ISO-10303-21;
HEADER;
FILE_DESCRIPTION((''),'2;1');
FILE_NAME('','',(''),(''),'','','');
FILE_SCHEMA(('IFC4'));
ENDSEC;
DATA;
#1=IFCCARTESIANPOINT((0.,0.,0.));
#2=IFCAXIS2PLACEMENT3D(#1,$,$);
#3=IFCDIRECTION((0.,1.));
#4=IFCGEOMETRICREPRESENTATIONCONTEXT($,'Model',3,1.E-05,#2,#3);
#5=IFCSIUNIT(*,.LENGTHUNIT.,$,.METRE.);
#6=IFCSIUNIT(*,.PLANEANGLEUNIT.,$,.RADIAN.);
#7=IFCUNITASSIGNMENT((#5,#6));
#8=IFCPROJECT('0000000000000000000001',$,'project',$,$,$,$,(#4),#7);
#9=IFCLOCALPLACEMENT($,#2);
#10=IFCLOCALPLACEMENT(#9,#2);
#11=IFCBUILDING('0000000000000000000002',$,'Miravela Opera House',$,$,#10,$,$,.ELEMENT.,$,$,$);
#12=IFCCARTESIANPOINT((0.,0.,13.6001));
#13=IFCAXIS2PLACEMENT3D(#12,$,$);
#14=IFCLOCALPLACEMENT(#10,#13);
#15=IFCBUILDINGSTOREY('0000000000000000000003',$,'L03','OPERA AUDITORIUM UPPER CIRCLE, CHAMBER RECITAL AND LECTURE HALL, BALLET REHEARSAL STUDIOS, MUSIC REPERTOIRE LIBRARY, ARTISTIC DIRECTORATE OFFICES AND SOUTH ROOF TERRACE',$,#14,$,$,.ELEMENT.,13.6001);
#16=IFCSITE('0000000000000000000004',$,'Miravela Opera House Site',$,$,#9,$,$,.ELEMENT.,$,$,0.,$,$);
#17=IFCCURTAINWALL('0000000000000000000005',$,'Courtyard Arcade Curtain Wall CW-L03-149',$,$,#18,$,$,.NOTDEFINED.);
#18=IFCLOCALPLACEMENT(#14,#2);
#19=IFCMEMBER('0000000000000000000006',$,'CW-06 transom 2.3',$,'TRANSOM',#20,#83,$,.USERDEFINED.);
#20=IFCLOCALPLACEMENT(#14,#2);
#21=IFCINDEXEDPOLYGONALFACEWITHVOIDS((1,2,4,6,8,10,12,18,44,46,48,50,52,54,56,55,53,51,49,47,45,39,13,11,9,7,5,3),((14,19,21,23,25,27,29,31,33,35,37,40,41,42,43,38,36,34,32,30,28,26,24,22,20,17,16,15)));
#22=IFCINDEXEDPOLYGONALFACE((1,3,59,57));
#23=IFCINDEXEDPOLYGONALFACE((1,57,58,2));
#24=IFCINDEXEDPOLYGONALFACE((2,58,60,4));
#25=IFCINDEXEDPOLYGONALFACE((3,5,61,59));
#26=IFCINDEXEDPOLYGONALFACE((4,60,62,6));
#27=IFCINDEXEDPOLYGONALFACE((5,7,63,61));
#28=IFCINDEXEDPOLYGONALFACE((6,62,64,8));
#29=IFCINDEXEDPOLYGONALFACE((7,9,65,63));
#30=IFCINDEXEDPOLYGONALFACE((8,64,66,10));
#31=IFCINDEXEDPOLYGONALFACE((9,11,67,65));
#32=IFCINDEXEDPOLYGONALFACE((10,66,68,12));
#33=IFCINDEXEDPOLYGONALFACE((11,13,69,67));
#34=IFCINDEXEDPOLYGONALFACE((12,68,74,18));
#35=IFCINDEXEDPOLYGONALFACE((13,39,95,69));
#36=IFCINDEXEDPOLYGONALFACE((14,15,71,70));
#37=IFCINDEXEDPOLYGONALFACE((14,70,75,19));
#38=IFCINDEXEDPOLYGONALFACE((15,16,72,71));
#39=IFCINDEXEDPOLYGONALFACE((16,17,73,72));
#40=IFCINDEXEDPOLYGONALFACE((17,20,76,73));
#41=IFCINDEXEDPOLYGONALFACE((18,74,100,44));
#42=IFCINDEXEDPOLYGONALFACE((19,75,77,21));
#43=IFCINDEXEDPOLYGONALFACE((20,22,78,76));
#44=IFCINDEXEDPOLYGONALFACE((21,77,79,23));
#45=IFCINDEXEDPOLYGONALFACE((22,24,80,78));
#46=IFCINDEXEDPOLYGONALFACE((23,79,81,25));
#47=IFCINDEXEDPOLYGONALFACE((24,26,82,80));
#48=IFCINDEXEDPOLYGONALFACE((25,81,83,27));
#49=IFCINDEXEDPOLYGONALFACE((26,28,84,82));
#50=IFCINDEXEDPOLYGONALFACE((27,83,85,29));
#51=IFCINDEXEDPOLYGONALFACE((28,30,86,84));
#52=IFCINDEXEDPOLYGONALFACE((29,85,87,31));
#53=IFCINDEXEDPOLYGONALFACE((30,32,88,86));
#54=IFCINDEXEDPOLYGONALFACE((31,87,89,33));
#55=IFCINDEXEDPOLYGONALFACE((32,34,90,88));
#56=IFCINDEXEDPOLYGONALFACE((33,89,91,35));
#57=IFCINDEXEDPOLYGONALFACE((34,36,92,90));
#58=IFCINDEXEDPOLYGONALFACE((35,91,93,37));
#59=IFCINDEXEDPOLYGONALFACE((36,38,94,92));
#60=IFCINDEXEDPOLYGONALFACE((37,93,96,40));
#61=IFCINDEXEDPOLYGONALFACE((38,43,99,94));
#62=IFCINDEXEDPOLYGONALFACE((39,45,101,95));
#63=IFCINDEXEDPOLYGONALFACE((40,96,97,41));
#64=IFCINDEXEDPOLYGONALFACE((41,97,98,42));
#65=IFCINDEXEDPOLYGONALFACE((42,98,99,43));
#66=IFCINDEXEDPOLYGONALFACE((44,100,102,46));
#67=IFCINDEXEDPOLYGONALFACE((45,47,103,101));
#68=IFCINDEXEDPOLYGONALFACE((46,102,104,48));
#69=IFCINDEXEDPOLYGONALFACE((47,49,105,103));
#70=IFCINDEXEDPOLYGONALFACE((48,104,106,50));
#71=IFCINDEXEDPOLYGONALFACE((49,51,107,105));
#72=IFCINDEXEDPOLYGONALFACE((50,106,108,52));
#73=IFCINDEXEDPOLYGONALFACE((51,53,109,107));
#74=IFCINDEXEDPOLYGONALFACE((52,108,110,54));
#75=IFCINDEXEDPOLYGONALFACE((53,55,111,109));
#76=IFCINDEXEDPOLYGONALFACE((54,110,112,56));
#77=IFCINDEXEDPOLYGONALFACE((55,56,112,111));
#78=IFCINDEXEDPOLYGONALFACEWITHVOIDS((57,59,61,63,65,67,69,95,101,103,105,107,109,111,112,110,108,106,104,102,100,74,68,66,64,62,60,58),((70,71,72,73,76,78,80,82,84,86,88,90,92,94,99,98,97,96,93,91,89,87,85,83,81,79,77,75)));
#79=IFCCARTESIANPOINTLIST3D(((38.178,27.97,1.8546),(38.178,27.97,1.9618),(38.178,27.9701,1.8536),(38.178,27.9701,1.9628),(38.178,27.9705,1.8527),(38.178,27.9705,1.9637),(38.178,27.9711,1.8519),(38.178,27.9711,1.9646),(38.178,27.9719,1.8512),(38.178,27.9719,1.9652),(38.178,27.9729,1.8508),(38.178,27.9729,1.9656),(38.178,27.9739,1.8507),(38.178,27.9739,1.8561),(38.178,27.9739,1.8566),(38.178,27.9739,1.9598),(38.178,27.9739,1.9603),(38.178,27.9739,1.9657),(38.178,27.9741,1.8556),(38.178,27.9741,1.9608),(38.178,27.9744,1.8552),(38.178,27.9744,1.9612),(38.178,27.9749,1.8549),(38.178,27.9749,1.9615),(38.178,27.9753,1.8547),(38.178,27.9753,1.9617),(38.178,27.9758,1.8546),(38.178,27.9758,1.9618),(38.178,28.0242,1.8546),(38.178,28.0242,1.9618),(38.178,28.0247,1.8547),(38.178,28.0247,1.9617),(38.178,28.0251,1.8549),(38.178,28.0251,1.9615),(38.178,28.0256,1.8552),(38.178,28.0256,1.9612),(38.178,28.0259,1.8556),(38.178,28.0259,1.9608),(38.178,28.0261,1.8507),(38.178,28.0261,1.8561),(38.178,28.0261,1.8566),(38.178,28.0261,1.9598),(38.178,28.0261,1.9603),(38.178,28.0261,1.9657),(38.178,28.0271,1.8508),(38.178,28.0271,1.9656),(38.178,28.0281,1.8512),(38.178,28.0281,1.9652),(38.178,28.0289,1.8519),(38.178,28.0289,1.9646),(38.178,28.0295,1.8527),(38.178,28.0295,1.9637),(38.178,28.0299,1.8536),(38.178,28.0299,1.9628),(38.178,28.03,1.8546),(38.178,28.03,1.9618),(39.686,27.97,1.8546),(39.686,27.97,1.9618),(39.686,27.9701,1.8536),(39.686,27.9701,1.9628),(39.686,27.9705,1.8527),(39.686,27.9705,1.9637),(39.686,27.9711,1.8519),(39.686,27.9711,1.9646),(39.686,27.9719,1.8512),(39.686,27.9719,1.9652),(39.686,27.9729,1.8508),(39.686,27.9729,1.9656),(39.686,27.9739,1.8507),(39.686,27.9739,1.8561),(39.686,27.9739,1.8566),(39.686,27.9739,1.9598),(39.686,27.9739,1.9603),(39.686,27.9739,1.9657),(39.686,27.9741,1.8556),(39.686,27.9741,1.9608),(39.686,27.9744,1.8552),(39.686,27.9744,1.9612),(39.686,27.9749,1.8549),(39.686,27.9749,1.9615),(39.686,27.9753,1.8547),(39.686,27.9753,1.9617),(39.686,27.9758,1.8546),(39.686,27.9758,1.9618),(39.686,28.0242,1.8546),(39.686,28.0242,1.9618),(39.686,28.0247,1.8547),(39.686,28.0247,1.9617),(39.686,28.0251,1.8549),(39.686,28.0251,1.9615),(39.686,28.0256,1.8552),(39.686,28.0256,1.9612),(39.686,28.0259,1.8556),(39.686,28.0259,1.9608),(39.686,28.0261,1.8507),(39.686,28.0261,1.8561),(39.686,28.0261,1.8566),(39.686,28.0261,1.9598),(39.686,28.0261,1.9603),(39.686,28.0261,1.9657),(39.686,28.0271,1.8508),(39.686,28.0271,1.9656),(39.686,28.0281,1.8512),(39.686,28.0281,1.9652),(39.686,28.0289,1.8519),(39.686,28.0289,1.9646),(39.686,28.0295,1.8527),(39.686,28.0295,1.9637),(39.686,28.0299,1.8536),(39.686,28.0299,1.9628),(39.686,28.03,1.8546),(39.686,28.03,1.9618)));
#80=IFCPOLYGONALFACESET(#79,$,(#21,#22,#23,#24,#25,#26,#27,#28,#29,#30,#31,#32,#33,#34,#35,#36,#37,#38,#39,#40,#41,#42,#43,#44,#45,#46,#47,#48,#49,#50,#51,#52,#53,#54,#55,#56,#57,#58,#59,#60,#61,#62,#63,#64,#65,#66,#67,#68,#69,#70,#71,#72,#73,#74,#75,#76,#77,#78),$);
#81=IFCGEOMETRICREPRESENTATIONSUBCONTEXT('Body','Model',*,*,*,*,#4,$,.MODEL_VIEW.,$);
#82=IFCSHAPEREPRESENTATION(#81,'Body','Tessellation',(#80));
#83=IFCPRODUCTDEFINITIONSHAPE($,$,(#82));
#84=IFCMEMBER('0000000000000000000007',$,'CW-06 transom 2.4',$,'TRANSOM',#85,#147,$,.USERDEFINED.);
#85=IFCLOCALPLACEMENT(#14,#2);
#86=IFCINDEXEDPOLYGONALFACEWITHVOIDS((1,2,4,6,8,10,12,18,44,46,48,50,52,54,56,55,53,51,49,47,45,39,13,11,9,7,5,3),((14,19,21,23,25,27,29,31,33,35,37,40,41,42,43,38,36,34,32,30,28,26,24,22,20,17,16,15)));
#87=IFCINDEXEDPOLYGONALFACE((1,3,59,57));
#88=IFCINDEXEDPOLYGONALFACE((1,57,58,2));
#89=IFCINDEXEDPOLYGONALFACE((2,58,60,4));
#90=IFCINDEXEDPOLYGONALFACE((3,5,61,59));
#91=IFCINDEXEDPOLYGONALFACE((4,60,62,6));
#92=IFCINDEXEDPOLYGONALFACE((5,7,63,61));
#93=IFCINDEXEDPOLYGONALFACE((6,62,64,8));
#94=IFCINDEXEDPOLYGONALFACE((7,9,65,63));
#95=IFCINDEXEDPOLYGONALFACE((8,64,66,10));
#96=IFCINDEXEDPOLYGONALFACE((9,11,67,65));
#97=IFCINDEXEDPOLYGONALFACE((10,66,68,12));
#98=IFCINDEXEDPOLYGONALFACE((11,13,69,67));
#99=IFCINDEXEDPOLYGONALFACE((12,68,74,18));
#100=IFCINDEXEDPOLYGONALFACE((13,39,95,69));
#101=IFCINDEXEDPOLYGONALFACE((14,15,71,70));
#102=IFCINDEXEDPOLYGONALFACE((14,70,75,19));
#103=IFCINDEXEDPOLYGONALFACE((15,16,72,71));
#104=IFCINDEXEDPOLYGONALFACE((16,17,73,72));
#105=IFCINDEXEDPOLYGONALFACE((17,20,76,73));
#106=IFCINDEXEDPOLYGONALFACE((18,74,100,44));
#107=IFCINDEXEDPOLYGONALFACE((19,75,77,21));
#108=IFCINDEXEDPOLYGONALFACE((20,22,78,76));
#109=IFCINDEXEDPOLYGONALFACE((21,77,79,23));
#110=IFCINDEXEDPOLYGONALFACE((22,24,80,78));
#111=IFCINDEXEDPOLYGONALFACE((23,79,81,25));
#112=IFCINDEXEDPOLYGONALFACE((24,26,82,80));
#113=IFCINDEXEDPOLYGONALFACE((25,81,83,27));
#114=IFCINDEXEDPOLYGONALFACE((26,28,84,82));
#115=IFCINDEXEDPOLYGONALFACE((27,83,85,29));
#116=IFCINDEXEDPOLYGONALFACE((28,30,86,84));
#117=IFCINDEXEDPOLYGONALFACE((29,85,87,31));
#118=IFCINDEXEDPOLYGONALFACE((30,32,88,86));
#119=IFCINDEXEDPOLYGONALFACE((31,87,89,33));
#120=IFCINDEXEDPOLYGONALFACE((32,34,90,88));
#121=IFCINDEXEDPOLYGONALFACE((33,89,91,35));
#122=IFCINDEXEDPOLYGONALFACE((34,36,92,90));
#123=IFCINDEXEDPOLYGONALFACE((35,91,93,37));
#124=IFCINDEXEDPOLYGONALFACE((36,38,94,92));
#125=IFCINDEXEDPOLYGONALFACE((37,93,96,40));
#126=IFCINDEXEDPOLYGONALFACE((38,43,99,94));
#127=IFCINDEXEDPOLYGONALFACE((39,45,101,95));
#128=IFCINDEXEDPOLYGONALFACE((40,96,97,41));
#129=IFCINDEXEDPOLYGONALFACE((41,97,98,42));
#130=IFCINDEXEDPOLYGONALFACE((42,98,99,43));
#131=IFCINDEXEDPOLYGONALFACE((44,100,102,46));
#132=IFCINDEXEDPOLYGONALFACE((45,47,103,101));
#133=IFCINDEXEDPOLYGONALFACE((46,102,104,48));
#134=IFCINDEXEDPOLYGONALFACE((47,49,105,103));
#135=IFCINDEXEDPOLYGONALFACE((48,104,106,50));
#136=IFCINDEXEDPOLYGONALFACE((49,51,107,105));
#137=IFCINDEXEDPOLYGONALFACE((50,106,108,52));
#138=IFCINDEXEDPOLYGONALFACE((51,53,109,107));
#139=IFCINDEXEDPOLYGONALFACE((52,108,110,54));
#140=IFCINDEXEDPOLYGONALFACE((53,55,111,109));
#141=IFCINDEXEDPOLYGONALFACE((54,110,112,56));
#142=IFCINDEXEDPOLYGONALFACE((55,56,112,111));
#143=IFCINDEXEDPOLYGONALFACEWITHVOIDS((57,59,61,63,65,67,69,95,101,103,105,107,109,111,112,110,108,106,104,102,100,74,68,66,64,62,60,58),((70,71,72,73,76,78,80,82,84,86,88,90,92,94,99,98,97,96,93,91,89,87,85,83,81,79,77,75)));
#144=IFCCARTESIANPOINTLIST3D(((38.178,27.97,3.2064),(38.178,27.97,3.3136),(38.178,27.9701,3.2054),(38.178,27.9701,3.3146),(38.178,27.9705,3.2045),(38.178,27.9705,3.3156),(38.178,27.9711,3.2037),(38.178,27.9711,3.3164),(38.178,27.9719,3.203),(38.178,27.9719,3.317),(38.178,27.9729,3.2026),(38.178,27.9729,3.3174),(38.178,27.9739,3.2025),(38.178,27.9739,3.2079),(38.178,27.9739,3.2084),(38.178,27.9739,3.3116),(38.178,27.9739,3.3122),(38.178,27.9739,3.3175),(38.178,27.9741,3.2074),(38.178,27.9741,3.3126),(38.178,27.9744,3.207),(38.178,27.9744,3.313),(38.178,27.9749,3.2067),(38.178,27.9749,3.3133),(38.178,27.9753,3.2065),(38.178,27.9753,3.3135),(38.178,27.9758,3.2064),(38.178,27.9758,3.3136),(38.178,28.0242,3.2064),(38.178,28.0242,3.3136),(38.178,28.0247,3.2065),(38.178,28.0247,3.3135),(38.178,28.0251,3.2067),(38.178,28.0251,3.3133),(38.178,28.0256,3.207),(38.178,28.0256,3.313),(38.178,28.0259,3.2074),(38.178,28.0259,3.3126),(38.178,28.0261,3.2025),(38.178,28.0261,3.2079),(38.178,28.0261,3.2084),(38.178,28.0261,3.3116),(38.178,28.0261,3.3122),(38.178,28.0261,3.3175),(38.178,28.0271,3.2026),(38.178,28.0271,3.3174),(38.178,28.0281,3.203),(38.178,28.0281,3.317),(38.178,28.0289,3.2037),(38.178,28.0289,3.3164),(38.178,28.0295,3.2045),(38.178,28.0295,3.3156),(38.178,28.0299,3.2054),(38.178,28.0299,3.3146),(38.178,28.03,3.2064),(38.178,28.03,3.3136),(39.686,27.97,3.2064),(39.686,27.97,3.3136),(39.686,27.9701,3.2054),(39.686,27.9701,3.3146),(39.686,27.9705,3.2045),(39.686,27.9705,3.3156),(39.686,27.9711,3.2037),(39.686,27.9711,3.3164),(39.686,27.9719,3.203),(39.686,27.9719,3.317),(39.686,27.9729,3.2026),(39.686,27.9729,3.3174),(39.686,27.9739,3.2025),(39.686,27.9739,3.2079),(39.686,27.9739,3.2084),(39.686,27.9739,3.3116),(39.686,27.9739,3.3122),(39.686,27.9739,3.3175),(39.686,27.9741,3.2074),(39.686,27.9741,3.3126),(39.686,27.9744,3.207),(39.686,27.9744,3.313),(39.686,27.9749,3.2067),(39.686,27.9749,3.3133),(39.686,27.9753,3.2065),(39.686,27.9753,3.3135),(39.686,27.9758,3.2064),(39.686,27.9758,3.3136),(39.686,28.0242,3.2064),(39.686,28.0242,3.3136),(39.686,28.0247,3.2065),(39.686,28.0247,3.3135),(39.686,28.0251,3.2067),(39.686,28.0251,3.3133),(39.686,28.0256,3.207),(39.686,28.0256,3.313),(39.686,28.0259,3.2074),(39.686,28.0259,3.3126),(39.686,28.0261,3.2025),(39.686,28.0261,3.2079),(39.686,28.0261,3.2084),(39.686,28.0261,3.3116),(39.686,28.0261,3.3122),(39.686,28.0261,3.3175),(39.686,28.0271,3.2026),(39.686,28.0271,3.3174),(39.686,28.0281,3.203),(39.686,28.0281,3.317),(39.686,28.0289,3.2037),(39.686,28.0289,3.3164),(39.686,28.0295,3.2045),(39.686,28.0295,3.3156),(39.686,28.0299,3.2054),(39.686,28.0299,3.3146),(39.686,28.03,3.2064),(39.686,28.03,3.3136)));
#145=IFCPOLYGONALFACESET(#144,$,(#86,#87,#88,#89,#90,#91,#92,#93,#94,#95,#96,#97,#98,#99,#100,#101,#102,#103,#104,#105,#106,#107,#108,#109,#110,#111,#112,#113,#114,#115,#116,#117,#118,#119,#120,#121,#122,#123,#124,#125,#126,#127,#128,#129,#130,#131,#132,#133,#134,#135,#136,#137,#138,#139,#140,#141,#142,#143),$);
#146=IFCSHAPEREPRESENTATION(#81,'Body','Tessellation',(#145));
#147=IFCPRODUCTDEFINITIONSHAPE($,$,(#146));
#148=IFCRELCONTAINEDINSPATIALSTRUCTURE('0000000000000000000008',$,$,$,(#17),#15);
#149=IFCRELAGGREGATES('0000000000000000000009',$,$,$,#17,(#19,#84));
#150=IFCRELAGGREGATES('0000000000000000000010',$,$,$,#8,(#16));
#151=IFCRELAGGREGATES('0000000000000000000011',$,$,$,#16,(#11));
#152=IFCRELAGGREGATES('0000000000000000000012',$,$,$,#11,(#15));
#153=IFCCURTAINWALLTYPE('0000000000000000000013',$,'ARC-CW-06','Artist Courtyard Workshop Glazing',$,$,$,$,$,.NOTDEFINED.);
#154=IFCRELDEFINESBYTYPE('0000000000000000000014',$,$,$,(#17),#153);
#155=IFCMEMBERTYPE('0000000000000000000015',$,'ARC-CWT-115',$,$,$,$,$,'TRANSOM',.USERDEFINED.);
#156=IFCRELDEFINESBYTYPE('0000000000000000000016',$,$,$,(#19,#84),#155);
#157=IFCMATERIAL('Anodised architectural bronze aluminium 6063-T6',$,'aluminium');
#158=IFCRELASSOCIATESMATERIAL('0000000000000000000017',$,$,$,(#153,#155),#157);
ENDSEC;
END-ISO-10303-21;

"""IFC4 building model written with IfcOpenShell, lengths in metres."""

from ifc_helpers import new_model, si_unit, direction, frame, origin, origin_2d, place, context, subcontext, project, spatial, hollow_rectangle, extrude, material, material_profile, profile_set, type_object, element, aggregate, save


model = new_model("IFC4")

# Units and contexts
model_context = context("Model", 3, precision=1e-05, world=origin(), true_north=direction((0.0, 1.0)))
body_context = subcontext(model_context, "Body", "Model", "MODEL_VIEW")
ifc_project = project(units=[si_unit("LENGTHUNIT", "METRE"), si_unit("PLANEANGLEUNIT", "RADIAN")], contexts=[model_context])

# Site, building, storey
site_placement = place(None, origin())
site = spatial("IfcSite", under=ifc_project, at=site_placement, Name="Miravela Opera House Site", CompositionType="ELEMENT", RefElevation=0.0)
building_placement = place(site_placement, origin())
building = spatial("IfcBuilding", under=site, at=building_placement, Name="Miravela Opera House", CompositionType="ELEMENT")
storey_placement = place(building_placement, frame((0.0, 0.0, 13.6001)))
storey = spatial("IfcBuildingStorey", under=building, at=storey_placement, Name="L03", Description="OPERA AUDITORIUM UPPER CIRCLE, CHAMBER RECITAL AND LECTURE HALL, BALLET REHEARSAL STUDIOS, MUSIC REPERTOIRE LIBRARY, ARTISTIC DIRECTORATE OFFICES AND SOUTH ROOF TERRACE", CompositionType="ELEMENT", Elevation=13.6001)

# Curtain wall, members
ifc_material_1 = material(Name="Anodised architectural bronze aluminium 6063-T6", Category="aluminium")
curtain_wall_type = type_object("IfcCurtainWallType", Name="ARC-CW-06", Description="Artist Courtyard Workshop Glazing", PredefinedType="NOTDEFINED", material=ifc_material_1)
curtain_wall_placement = place(storey_placement, origin())
curtain_wall = element("IfcCurtainWall", 1, at=curtain_wall_placement, inside=storey, type_object=curtain_wall_type, Name="Courtyard Arcade Curtain Wall CW-L03-149", PredefinedType="NOTDEFINED")
ifc_material_profile_1 = material_profile(ifc_material_1, hollow_rectangle(XDim=0.0601, YDim=0.115, WallThickness=0.0039, InnerFilletRadius=0.002, OuterFilletRadius=0.0039, at=origin_2d()), Name="CWT-60X115")
ifc_profile_set_1 = profile_set([ifc_material_profile_1])
member_type_1 = type_object("IfcMemberType", Name="ARC-CWT-115", ElementType="TRANSOM", PredefinedType="USERDEFINED", material=ifc_profile_set_1)
member_1_placement = place(storey_placement, frame((38.178, 28.0, 1.9082), z_axis=(1.0, 0.0, 0.0), x_axis=(0.0, 1.0, 0.0)))
member_1 = element("IfcMember", 2, at=member_1_placement, type_object=member_type_1, Name="CW-06 transom 2.3", ObjectType="TRANSOM", PredefinedType="USERDEFINED", context=body_context, shape_type="SweptSolid", body=[
    extrude(hollow_rectangle(XDim=0.0601, YDim=0.115, WallThickness=0.0039, InnerFilletRadius=0.002, OuterFilletRadius=0.0039, at=origin_2d()), origin(), (0.0, 0.0, 1.0), 1.5081),
])
member_2_placement = place(storey_placement, frame((38.178, 28.0, 3.26), z_axis=(1.0, 0.0, 0.0), x_axis=(0.0, 1.0, 0.0)))
member_2 = element("IfcMember", 3, at=member_2_placement, type_object=member_type_1, Name="CW-06 transom 2.4", ObjectType="TRANSOM", PredefinedType="USERDEFINED", context=body_context, shape_type="SweptSolid", body=[
    extrude(hollow_rectangle(XDim=0.0601, YDim=0.115, WallThickness=0.0039, InnerFilletRadius=0.002, OuterFilletRadius=0.0039, at=origin_2d()), origin(), (0.0, 0.0, 1.0), 1.5081),
])

aggregate(curtain_wall, [member_1, member_2])

save(model, "model.ifc")
